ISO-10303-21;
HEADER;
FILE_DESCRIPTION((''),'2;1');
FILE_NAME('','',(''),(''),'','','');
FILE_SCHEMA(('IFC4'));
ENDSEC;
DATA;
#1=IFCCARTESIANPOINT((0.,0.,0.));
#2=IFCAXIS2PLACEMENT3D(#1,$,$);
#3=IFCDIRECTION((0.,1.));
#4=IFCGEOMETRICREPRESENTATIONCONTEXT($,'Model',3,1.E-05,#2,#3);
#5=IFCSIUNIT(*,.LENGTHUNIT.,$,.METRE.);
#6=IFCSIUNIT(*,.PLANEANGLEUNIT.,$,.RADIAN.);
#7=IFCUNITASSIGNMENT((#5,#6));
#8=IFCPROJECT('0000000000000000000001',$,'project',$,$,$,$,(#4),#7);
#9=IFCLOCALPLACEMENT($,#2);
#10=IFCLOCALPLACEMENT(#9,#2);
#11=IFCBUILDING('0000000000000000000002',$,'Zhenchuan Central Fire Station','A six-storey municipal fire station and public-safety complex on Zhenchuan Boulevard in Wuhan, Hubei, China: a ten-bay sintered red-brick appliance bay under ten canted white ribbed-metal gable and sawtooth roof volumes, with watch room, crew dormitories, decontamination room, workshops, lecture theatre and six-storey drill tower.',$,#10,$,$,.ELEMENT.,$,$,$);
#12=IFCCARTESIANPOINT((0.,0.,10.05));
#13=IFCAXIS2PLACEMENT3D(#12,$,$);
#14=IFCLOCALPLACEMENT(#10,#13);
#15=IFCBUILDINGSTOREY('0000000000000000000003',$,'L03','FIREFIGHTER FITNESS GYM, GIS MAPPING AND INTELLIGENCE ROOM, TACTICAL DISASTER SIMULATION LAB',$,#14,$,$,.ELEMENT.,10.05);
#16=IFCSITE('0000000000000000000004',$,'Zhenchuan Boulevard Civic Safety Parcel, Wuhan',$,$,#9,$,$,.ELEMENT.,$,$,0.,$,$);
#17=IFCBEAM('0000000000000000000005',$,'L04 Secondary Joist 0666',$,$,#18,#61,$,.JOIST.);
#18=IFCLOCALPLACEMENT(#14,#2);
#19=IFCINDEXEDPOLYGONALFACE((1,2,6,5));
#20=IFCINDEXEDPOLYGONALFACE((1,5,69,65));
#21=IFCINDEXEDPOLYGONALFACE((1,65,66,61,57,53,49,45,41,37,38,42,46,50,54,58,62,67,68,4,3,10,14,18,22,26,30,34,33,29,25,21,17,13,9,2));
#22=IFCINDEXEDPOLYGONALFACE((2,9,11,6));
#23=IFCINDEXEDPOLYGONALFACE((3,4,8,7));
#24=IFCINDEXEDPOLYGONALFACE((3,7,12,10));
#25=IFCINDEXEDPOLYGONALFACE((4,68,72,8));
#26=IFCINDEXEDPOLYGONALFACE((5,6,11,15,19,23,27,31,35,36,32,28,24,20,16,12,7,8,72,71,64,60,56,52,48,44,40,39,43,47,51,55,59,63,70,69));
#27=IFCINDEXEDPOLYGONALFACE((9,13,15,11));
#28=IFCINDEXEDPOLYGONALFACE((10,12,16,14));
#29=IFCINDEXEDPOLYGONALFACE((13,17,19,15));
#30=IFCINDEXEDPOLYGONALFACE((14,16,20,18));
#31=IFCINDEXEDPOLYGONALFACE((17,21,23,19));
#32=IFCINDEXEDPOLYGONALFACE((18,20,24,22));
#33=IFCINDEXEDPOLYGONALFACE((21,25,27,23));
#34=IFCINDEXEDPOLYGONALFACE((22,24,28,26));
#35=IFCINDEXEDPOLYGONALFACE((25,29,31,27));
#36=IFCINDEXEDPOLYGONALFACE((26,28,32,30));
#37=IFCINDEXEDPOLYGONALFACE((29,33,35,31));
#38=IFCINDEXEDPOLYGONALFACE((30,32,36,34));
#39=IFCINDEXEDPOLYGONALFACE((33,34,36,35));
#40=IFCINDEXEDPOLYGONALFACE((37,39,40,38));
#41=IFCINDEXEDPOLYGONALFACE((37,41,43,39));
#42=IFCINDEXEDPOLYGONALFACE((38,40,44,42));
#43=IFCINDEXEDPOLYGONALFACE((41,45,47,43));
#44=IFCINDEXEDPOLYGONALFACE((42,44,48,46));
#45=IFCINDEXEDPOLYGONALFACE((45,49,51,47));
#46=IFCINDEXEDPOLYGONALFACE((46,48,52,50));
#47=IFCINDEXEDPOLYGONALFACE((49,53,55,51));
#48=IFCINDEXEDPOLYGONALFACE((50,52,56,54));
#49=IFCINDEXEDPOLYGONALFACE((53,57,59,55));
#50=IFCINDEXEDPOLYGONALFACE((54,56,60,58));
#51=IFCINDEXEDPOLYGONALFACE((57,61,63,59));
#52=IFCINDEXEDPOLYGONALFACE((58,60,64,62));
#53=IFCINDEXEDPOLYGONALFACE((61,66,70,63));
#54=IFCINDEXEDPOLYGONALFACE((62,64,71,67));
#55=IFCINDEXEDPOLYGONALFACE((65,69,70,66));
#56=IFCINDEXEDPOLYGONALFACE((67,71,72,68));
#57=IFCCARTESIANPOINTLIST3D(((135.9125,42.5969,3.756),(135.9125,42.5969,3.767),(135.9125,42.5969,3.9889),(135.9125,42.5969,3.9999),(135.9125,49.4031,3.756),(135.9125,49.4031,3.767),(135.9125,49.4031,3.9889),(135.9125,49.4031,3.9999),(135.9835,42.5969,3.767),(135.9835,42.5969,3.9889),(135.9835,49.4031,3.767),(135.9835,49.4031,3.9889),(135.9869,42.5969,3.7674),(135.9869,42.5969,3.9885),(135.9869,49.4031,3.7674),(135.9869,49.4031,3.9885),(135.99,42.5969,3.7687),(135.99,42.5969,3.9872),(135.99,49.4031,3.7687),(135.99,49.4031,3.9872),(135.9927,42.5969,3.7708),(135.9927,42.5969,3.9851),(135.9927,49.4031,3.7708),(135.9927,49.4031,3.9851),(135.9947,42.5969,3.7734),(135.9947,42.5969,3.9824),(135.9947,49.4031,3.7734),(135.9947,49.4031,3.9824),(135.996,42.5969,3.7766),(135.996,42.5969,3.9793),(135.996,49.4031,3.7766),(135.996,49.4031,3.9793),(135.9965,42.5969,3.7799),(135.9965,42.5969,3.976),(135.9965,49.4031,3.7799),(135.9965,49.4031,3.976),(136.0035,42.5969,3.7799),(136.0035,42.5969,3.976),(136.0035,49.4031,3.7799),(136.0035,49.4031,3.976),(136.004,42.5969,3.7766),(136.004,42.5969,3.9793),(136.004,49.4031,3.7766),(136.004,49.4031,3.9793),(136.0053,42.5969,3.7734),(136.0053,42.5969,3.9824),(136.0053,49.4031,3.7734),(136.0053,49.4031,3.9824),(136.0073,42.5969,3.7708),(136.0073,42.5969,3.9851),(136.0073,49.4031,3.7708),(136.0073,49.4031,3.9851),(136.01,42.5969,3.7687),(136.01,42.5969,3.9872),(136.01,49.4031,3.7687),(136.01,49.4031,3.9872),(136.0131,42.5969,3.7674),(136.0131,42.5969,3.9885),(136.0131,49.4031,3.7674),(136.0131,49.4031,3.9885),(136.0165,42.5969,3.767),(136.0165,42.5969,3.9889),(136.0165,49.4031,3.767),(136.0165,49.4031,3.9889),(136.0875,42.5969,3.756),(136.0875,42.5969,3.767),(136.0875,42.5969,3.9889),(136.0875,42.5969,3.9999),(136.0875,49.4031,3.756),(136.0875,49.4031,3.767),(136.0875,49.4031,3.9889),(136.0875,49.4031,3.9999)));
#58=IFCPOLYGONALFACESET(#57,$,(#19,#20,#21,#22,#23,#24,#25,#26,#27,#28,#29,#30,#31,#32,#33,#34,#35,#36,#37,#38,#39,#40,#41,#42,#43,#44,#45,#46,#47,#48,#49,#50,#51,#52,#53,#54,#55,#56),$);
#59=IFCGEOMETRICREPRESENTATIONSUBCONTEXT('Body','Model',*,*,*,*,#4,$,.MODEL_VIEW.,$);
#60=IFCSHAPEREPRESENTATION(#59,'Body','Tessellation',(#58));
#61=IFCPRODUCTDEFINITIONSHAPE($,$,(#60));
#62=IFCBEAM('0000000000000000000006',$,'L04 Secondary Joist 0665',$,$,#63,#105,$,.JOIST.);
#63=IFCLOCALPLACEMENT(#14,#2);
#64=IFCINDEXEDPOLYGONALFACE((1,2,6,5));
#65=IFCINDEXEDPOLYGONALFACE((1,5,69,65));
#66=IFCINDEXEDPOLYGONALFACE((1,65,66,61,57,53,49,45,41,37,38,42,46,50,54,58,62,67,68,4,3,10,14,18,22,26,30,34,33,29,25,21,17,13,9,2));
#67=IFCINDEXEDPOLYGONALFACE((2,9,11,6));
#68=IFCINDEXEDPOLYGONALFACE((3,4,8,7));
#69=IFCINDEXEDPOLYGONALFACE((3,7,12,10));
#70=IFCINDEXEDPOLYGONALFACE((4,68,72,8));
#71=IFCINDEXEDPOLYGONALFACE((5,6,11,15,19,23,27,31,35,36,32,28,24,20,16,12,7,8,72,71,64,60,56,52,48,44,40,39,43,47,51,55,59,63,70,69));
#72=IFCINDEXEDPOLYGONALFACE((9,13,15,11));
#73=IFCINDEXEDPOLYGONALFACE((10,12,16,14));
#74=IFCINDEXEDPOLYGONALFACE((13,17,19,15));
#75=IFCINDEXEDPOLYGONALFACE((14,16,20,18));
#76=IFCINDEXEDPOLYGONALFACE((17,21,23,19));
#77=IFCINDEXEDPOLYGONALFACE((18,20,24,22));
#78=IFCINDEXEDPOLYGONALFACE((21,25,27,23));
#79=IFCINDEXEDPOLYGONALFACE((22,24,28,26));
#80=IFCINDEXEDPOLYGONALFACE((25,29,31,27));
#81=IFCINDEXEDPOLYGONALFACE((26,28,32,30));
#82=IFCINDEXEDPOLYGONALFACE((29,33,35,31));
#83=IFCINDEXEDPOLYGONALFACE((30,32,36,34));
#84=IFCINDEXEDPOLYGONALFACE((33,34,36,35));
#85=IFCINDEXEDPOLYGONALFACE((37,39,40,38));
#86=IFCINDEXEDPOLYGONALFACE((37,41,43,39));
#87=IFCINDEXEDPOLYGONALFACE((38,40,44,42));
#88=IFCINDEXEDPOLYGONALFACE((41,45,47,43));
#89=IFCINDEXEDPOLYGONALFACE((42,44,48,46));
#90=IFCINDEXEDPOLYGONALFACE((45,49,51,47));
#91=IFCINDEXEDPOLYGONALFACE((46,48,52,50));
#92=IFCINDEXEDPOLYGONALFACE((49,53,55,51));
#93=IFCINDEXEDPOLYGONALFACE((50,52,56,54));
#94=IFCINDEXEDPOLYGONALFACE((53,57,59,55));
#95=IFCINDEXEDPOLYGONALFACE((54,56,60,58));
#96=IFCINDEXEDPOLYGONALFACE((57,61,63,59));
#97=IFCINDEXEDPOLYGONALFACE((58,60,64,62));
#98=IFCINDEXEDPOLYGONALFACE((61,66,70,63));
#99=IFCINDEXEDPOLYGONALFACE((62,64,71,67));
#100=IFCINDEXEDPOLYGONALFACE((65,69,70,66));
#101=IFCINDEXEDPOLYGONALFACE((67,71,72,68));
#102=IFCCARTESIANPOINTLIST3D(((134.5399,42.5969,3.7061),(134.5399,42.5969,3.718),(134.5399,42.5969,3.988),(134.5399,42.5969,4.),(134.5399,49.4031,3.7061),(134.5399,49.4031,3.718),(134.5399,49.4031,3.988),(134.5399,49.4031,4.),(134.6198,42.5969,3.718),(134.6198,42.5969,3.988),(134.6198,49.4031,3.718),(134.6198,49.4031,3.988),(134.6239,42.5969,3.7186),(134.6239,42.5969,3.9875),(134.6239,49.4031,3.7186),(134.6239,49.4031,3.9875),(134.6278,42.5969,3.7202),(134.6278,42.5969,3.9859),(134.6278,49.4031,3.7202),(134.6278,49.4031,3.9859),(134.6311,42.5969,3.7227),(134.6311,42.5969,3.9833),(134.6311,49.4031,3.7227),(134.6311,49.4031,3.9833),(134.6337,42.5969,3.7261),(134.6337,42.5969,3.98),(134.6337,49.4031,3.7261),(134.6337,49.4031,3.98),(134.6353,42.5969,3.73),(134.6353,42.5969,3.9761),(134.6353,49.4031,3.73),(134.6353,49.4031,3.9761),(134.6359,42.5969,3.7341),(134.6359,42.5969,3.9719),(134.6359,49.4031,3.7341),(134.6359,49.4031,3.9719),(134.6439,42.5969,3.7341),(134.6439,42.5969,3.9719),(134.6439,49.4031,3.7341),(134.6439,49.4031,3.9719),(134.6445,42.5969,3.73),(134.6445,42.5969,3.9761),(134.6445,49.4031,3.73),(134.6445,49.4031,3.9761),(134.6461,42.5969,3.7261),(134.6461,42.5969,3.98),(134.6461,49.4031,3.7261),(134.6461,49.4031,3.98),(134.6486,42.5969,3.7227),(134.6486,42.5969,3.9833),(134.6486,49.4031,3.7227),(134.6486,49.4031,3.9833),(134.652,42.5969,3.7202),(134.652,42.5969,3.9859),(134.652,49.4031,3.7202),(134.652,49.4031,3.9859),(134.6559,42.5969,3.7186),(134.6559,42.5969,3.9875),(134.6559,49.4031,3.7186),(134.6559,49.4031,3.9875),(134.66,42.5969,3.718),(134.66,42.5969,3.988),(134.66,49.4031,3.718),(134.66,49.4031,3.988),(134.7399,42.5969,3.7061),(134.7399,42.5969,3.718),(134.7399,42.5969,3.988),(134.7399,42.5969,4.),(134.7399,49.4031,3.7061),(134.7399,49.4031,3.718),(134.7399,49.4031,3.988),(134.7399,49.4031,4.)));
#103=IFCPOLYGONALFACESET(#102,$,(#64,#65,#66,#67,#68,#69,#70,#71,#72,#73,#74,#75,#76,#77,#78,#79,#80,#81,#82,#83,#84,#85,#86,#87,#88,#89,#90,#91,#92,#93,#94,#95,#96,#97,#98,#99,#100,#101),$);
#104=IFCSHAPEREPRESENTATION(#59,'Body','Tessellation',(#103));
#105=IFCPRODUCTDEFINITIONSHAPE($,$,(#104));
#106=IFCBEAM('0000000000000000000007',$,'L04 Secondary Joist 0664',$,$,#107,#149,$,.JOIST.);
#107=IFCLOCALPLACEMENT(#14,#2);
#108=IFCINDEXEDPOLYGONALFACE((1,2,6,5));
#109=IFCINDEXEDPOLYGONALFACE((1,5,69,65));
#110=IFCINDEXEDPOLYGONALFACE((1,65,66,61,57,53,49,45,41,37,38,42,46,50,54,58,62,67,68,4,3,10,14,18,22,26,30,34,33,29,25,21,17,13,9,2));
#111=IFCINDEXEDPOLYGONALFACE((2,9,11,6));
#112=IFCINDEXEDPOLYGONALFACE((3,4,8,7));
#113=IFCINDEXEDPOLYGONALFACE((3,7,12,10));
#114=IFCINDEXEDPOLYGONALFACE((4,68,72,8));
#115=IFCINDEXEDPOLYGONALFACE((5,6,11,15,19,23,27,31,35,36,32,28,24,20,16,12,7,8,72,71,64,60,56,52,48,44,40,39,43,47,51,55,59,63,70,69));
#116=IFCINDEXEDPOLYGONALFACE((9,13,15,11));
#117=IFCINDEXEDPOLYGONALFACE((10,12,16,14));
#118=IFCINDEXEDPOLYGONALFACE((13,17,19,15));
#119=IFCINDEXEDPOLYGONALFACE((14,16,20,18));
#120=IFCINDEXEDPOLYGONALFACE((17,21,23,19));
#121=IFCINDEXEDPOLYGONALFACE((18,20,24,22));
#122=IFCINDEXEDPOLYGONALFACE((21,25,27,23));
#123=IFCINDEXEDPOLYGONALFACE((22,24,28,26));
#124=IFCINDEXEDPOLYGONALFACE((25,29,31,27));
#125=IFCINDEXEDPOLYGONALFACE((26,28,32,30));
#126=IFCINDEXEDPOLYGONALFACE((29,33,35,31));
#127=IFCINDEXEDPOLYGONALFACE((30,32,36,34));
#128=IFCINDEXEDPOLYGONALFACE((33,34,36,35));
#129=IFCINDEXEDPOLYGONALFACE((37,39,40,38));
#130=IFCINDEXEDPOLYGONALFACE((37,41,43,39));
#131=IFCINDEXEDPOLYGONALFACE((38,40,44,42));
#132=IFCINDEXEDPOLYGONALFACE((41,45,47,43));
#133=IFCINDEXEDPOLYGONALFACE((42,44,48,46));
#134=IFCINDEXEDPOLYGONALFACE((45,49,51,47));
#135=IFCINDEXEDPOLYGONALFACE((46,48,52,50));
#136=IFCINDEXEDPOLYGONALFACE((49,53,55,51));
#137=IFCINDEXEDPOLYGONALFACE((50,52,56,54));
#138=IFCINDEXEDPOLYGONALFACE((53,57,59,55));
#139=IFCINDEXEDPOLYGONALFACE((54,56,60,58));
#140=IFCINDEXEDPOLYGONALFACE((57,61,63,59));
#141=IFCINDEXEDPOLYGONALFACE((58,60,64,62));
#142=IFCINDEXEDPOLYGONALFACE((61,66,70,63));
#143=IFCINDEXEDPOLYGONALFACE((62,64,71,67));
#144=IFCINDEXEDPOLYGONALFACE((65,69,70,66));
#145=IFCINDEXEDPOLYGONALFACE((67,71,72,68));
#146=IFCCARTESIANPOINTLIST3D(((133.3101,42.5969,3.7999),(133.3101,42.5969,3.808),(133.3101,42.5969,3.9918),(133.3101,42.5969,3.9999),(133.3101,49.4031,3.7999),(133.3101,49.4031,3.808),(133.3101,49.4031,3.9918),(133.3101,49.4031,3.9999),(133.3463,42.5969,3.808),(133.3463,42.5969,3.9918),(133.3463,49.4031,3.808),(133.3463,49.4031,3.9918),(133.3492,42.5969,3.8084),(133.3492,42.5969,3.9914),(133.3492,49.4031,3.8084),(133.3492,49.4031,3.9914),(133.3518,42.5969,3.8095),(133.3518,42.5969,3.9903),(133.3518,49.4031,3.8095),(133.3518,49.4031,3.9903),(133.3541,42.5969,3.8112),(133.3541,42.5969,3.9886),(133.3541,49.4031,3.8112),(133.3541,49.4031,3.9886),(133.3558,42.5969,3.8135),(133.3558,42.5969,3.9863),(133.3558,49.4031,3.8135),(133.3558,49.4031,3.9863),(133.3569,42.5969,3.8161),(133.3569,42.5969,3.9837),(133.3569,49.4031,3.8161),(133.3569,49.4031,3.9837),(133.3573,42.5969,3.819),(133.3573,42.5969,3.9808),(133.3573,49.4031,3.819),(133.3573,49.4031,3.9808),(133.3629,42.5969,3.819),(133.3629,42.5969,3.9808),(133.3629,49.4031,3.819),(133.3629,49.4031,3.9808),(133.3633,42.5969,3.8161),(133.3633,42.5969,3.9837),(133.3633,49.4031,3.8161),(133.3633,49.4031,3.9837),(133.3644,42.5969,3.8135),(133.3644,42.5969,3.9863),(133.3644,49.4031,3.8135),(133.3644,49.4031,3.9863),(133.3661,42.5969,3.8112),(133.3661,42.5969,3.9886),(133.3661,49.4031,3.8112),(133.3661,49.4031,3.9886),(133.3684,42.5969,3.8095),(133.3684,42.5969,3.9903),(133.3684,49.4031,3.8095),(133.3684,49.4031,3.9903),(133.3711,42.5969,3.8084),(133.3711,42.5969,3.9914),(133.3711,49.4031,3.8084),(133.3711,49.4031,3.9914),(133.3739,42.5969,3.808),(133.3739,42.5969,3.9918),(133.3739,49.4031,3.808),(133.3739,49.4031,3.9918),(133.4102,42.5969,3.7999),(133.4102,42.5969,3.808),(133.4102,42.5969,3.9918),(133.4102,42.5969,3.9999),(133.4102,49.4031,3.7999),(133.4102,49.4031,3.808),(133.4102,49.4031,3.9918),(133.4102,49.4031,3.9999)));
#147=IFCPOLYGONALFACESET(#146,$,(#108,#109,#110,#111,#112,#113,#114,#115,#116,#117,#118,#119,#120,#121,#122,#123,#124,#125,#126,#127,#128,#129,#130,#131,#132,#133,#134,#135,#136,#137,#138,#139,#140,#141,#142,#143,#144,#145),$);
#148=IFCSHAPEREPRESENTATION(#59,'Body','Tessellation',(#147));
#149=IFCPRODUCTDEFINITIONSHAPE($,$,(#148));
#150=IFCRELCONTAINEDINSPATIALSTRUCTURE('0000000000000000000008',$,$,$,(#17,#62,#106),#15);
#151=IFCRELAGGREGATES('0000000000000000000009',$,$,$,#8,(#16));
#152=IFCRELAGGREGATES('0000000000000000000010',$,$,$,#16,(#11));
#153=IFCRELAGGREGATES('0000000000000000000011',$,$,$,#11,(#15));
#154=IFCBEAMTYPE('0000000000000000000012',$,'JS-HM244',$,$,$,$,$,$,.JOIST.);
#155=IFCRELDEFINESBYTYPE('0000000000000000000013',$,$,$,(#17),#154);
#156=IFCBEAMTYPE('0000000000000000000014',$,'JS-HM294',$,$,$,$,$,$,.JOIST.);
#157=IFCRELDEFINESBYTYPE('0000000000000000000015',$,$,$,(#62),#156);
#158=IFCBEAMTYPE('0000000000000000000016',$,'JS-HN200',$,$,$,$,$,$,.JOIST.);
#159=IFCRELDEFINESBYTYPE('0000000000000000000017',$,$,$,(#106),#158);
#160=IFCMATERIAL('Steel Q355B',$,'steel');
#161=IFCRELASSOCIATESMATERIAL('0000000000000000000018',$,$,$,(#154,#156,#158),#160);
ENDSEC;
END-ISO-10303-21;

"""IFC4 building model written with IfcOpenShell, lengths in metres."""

from ifc_helpers import new_model, si_unit, direction, frame, origin, origin_2d, place, context, subcontext, project, spatial, i_section, extrude, material, material_profile, profile_set, type_object, element, save


model = new_model("IFC4")

# Units and contexts
model_context = context("Model", 3, precision=1e-05, world=origin(), true_north=direction((0.0, 1.0)))
body_context = subcontext(model_context, "Body", "Model", "MODEL_VIEW")
ifc_project = project(units=[si_unit("LENGTHUNIT", "METRE"), si_unit("PLANEANGLEUNIT", "RADIAN")], contexts=[model_context])

# Site, building, storey
site_placement = place(None, origin())
site = spatial("IfcSite", under=ifc_project, at=site_placement, Name="Zhenchuan Boulevard Civic Safety Parcel, Wuhan", CompositionType="ELEMENT", RefElevation=0.0)
building_placement = place(site_placement, origin())
building = spatial("IfcBuilding", under=site, at=building_placement, Name="Zhenchuan Central Fire Station", Description="A six-storey municipal fire station and public-safety complex on Zhenchuan Boulevard in Wuhan, Hubei, China: a ten-bay sintered red-brick appliance bay under ten canted white ribbed-metal gable and sawtooth roof volumes, with watch room, crew dormitories, decontamination room, workshops, lecture theatre and six-storey drill tower.", CompositionType="ELEMENT")
storey_placement = place(building_placement, frame((0.0, 0.0, 10.05)))
storey = spatial("IfcBuildingStorey", under=building, at=storey_placement, Name="L03", Description="FIREFIGHTER FITNESS GYM, GIS MAPPING AND INTELLIGENCE ROOM, TACTICAL DISASTER SIMULATION LAB", CompositionType="ELEMENT", Elevation=10.05)

# Shared definitions
ifc_material_1 = material(Name="Steel Q355B", Category="steel")

# Beams
ifc_material_profile_1 = material_profile(ifc_material_1, i_section(OverallWidth=0.175, OverallDepth=0.2439, WebThickness=0.0071, FlangeThickness=0.011, FilletRadius=0.0129, at=origin_2d()), Name="HM 244x175")
ifc_profile_set_1 = profile_set([ifc_material_profile_1], Name="Steel Q355B")
beam_type_1 = type_object("IfcBeamType", Name="JS-HM244", PredefinedType="JOIST", material=ifc_profile_set_1)
beam_1_placement = place(storey_placement, frame((136.0, 42.5969, 3.8779), z_axis=(0.0, 1.0, 0.0), x_axis=(-1.0, 0.0, 0.0)))
element("IfcBeam", 1, at=beam_1_placement, inside=storey, type_object=beam_type_1, Name="L04 Secondary Joist 0666", PredefinedType="JOIST", context=body_context, shape_type="SweptSolid", body=[
    extrude(i_section(OverallWidth=0.175, OverallDepth=0.2439, WebThickness=0.0071, FlangeThickness=0.011, FilletRadius=0.0129, at=origin_2d()), origin(), (0.0, 0.0, 1.0), 6.8062),
])
ifc_material_profile_2 = material_profile(ifc_material_1, i_section(OverallWidth=0.2, OverallDepth=0.2939, WebThickness=0.0081, FlangeThickness=0.012, FilletRadius=0.0161, at=origin_2d()), Name="HM 294x200")
ifc_profile_set_2 = profile_set([ifc_material_profile_2], Name="Steel Q355B")
beam_type_2 = type_object("IfcBeamType", Name="JS-HM294", PredefinedType="JOIST", material=ifc_profile_set_2)
beam_2_placement = place(storey_placement, frame((134.6399, 42.5969, 3.853), z_axis=(0.0, 1.0, 0.0), x_axis=(-1.0, 0.0, 0.0)))
element("IfcBeam", 2, at=beam_2_placement, inside=storey, type_object=beam_type_2, Name="L04 Secondary Joist 0665", PredefinedType="JOIST", context=body_context, shape_type="SweptSolid", body=[
    extrude(i_section(OverallWidth=0.2, OverallDepth=0.2939, WebThickness=0.0081, FlangeThickness=0.012, FilletRadius=0.0161, at=origin_2d()), origin(), (0.0, 0.0, 1.0), 6.8062),
])
ifc_material_profile_3 = material_profile(ifc_material_1, i_section(OverallWidth=0.1001, OverallDepth=0.2, WebThickness=0.0056, FlangeThickness=0.0081, FilletRadius=0.011, at=origin_2d()), Name="HN 200x100")
ifc_profile_set_3 = profile_set([ifc_material_profile_3], Name="Steel Q355B")
beam_type_3 = type_object("IfcBeamType", Name="JS-HN200", PredefinedType="JOIST", material=ifc_profile_set_3)
beam_3_placement = place(storey_placement, frame((133.3601, 42.5969, 3.8999), z_axis=(0.0, 1.0, 0.0), x_axis=(-1.0, 0.0, 0.0)))
element("IfcBeam", 3, at=beam_3_placement, inside=storey, type_object=beam_type_3, Name="L04 Secondary Joist 0664", PredefinedType="JOIST", context=body_context, shape_type="SweptSolid", body=[
    extrude(i_section(OverallWidth=0.1001, OverallDepth=0.2, WebThickness=0.0056, FlangeThickness=0.0081, FilletRadius=0.011, at=origin_2d()), origin(), (0.0, 0.0, 1.0), 6.8062),
])

save(model, "model.ifc")
